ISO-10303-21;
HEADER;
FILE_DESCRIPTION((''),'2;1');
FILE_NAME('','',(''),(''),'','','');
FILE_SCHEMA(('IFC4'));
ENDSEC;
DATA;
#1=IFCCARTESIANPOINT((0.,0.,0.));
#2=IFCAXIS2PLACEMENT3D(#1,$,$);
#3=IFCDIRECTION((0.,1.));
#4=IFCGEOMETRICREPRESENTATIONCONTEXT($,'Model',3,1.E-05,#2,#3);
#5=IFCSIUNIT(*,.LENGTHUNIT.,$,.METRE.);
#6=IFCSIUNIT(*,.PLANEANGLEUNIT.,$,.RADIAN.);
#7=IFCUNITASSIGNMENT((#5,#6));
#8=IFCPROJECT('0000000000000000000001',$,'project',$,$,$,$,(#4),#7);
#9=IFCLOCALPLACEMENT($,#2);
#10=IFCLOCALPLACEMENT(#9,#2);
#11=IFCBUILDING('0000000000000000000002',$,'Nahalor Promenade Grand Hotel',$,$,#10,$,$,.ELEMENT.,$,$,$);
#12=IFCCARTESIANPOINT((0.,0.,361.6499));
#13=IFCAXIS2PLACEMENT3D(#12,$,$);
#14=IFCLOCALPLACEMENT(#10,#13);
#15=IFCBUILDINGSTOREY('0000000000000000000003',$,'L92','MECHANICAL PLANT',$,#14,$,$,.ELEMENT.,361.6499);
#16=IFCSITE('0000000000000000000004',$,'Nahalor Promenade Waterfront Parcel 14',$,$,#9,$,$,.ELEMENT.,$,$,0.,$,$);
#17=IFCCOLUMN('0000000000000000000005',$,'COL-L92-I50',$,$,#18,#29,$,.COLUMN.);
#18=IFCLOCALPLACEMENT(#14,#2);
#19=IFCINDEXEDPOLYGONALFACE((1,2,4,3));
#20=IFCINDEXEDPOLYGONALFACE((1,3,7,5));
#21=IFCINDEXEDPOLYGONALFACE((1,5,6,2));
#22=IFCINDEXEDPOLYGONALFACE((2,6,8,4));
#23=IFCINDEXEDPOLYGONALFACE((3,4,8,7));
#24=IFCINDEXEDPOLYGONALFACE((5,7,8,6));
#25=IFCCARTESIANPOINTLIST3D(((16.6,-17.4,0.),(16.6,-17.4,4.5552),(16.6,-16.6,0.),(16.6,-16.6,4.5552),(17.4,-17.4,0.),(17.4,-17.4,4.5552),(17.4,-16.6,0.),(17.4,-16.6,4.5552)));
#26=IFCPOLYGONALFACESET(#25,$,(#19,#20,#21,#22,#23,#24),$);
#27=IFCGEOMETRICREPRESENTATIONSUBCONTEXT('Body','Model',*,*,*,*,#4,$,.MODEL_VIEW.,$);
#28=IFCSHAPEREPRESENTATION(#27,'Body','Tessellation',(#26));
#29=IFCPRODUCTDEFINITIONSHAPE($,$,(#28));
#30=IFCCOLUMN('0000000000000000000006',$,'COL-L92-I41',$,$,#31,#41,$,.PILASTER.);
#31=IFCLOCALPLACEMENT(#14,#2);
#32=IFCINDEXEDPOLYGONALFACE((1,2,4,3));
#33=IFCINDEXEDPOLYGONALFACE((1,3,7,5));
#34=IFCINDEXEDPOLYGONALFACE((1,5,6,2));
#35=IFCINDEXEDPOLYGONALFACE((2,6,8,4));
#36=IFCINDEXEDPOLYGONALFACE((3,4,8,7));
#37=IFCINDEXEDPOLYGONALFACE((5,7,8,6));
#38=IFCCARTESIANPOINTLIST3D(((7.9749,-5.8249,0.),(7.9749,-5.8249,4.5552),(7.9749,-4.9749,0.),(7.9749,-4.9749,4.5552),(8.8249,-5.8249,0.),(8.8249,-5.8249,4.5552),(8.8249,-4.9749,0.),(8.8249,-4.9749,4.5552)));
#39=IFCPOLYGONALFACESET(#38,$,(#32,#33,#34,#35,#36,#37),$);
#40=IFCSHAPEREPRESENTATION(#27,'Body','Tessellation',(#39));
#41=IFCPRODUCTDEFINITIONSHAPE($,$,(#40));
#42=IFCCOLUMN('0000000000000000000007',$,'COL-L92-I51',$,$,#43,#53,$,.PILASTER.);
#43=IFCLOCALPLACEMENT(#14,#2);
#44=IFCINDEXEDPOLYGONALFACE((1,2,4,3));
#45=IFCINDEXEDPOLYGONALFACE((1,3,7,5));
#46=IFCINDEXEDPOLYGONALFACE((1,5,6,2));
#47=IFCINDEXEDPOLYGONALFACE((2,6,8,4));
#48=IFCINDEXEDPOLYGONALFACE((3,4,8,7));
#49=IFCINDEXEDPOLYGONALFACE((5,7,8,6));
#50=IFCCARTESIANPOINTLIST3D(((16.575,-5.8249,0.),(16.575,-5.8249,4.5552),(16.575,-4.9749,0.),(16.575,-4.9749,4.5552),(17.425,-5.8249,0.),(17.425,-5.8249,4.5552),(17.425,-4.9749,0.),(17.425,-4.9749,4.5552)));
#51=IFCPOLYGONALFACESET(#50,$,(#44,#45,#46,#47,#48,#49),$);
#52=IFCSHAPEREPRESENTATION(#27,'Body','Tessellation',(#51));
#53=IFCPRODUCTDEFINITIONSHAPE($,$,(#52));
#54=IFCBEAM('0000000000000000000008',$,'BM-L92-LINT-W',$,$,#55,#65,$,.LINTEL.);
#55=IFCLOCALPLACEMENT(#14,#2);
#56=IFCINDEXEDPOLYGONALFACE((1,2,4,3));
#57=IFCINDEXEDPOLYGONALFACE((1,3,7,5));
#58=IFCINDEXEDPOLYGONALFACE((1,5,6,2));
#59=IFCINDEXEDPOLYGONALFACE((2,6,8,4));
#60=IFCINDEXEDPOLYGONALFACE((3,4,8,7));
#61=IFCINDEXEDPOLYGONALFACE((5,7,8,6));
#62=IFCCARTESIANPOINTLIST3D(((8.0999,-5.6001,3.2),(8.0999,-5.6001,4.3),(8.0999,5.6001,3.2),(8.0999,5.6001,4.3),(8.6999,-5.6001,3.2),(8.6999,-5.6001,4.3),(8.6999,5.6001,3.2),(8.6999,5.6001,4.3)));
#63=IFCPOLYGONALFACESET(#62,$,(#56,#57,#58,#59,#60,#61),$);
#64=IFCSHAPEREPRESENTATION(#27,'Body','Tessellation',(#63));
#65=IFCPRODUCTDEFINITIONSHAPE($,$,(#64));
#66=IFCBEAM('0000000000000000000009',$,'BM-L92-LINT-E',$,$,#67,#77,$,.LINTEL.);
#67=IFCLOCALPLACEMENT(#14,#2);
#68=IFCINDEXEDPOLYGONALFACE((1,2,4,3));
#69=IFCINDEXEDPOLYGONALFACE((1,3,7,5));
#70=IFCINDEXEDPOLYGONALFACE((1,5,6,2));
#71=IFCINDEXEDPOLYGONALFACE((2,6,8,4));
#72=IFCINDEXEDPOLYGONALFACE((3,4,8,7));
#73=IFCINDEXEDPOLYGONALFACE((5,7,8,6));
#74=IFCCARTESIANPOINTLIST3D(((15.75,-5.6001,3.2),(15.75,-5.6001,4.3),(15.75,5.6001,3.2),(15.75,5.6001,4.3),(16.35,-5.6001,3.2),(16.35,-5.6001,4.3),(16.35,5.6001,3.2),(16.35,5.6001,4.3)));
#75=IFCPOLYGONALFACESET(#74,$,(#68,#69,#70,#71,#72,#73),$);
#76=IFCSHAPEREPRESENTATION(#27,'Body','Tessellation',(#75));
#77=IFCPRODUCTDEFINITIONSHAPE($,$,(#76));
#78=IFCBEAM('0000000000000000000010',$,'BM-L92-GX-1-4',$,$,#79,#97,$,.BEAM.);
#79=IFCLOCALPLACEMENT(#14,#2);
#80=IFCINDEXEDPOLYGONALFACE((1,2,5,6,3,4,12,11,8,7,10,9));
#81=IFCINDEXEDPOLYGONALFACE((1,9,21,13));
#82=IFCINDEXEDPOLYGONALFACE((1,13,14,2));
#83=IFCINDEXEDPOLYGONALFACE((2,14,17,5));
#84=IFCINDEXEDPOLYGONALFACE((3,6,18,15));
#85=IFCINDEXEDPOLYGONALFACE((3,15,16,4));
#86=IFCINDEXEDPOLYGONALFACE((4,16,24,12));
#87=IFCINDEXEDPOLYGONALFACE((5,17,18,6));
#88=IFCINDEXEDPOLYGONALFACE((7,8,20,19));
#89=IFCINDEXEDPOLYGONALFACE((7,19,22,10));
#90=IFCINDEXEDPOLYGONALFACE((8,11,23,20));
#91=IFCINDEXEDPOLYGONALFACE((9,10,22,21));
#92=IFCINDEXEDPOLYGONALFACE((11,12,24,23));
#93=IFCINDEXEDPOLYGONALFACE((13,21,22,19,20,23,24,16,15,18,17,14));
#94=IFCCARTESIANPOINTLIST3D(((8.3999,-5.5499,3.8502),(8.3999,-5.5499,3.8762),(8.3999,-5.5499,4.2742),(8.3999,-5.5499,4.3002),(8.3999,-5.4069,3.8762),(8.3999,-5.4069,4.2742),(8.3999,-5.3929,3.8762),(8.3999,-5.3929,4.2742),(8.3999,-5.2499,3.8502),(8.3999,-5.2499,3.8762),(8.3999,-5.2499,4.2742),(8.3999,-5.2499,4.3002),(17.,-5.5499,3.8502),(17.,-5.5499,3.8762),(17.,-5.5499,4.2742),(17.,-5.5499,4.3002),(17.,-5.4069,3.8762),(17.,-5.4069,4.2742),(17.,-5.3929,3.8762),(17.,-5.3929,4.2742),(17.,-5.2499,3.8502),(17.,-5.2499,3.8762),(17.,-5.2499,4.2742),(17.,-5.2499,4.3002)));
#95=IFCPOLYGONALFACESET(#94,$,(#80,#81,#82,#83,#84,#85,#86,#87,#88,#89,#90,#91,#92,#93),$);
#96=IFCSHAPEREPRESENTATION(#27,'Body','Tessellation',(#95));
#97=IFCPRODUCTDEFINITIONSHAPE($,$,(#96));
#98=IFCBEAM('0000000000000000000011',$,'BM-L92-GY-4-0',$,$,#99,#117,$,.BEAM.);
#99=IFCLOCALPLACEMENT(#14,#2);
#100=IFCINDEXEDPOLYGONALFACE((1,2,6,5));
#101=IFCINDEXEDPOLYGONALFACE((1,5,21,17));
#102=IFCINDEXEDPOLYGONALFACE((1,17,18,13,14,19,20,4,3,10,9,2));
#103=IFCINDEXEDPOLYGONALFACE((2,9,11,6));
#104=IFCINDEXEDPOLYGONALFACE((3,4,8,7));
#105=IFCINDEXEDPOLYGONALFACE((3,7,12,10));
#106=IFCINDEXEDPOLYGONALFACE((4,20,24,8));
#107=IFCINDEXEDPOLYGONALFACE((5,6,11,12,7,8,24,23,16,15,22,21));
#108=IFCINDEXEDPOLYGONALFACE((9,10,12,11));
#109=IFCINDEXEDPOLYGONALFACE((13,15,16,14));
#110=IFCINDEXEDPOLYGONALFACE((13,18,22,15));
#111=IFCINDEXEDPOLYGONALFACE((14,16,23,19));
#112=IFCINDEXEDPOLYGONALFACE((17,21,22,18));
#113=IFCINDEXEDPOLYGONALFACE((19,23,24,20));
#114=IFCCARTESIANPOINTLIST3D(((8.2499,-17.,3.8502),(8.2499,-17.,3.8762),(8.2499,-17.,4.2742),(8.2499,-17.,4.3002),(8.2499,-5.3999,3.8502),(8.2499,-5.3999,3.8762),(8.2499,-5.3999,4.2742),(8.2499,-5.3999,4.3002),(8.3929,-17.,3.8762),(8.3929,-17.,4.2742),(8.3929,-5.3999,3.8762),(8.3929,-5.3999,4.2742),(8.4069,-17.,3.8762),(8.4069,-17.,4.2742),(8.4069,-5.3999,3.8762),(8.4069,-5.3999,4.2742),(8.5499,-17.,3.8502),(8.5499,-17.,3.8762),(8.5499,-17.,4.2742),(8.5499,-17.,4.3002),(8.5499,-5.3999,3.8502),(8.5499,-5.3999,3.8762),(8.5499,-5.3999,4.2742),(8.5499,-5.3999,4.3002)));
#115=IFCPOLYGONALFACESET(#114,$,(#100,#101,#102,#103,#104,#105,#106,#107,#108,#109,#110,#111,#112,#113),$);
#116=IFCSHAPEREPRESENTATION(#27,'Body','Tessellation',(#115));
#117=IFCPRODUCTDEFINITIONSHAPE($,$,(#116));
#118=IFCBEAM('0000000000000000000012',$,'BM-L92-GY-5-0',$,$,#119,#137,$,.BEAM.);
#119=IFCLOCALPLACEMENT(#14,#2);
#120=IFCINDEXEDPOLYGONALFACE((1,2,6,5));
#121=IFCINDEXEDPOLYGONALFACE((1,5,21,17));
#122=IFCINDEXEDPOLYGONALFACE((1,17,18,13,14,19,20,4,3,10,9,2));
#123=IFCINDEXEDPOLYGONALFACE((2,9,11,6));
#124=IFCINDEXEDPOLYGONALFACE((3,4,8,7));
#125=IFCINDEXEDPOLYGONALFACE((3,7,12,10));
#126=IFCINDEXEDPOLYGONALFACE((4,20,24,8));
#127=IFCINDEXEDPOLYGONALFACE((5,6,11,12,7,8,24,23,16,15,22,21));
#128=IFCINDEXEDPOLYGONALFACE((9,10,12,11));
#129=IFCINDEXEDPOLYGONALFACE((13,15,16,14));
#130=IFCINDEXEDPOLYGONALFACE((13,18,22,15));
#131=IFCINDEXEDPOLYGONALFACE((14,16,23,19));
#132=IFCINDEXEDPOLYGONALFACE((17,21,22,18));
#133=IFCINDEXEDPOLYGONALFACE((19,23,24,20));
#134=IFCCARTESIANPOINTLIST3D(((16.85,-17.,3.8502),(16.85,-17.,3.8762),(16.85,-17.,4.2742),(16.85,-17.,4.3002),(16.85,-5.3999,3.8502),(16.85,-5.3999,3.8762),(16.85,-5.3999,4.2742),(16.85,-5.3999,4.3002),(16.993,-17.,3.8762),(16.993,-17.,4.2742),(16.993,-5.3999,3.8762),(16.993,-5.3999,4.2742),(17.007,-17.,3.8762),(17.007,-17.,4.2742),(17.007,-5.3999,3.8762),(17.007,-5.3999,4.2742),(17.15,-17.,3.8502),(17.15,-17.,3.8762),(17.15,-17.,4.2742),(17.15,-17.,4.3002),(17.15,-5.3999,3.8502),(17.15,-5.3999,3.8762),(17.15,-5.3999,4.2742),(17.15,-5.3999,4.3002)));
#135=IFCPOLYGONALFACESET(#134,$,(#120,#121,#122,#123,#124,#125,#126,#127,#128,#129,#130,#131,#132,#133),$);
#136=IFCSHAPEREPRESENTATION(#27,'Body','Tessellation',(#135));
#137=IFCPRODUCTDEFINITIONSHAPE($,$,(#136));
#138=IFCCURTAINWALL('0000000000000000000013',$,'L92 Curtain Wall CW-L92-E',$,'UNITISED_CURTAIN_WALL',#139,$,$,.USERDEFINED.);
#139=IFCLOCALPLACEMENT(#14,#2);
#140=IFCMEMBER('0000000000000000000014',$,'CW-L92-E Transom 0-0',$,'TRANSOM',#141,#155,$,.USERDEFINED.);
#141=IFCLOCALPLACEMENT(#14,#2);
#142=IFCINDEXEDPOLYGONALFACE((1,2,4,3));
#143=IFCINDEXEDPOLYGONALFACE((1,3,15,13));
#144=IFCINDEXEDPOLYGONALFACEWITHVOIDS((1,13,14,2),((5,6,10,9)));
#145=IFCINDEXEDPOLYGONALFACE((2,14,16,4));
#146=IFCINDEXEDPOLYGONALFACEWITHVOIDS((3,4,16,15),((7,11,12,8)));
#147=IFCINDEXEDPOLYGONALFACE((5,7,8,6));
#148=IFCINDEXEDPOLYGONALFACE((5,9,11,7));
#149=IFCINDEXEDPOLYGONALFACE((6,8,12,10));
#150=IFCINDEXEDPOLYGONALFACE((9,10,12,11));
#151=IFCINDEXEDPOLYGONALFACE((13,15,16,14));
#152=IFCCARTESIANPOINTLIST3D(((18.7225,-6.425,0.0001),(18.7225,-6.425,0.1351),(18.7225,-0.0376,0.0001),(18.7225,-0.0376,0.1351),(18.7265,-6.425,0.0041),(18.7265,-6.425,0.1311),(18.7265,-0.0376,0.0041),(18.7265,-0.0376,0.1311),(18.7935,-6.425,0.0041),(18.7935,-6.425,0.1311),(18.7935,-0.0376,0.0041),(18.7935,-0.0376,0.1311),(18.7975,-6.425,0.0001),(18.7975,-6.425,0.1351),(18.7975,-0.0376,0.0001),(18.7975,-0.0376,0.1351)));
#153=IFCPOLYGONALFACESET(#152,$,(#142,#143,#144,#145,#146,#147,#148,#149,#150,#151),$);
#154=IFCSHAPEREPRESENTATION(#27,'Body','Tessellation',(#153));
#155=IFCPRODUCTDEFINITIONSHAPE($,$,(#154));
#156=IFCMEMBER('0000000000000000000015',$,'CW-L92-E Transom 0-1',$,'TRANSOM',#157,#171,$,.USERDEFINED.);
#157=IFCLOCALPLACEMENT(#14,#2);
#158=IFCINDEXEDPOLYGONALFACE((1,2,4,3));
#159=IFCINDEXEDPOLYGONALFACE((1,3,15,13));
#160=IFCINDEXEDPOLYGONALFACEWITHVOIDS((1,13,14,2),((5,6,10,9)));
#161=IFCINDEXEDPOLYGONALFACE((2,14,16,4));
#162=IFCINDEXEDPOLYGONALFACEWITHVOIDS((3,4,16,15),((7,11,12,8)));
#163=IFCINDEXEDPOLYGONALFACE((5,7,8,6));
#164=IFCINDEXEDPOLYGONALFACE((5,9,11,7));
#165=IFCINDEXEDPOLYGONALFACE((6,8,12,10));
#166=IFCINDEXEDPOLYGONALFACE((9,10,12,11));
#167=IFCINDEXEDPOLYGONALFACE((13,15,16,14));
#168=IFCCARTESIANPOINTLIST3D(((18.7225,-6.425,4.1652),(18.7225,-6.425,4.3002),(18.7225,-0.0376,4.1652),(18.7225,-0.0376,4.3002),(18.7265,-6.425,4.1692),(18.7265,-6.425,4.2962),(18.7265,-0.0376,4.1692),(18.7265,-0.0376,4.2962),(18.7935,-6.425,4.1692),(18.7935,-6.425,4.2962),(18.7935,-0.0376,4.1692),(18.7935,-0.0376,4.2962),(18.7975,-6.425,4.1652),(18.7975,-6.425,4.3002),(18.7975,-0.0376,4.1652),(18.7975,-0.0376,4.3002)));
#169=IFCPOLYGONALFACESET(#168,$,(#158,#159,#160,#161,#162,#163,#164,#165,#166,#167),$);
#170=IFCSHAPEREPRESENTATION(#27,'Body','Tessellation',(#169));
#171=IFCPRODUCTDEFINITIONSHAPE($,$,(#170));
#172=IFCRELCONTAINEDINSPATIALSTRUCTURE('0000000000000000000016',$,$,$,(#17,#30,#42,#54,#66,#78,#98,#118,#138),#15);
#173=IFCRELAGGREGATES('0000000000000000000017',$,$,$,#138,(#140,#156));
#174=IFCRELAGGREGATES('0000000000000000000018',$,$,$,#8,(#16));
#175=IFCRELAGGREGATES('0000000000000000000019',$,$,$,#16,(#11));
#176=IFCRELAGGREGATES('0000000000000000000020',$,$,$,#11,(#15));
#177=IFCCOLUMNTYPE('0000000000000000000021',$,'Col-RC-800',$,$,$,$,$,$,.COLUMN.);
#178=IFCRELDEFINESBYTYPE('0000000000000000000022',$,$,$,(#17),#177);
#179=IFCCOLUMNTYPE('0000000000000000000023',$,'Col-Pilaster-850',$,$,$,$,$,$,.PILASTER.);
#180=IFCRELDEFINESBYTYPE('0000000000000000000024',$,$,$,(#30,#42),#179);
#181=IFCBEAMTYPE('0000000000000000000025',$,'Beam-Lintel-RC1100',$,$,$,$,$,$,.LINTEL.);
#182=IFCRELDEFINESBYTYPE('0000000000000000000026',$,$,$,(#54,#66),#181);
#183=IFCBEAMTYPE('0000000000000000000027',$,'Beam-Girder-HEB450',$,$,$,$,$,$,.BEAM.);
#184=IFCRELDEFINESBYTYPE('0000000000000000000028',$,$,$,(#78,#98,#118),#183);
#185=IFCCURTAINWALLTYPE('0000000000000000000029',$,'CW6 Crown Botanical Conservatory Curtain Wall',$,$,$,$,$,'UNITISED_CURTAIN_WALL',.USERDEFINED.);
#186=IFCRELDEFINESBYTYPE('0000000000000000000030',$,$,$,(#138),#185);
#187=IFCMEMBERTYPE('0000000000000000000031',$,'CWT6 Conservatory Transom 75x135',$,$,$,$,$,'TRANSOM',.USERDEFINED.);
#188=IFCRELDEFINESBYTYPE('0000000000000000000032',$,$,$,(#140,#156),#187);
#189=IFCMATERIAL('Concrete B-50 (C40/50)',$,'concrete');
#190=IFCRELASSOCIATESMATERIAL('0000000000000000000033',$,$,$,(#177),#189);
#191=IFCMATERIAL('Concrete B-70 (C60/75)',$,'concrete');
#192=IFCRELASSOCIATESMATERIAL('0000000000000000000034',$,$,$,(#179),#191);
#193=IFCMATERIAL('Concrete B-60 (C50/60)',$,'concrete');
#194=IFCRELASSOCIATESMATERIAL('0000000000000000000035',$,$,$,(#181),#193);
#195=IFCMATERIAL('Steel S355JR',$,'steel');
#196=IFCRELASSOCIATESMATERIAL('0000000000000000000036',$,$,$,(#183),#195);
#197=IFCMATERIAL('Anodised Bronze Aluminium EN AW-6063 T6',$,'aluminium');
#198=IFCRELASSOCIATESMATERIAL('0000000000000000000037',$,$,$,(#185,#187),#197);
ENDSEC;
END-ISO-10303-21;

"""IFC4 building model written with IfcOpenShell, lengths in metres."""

from ifc_helpers import new_model, si_unit, direction, frame, origin, origin_2d, place, context, subcontext, project, spatial, rectangle, hollow_rectangle, i_section, extrude, source, transform, mapped, material, material_profile, profile_set, type_object, element, aggregate, save


model = new_model("IFC4")

# Units and contexts
model_context = context("Model", 3, precision=1e-05, world=origin(), true_north=direction((0.0, 1.0)))
body_context = subcontext(model_context, "Body", "Model", "MODEL_VIEW")
ifc_project = project(units=[si_unit("LENGTHUNIT", "METRE"), si_unit("PLANEANGLEUNIT", "RADIAN")], contexts=[model_context])

# Site, building, storey
site_placement = place(None, origin())
site = spatial("IfcSite", under=ifc_project, at=site_placement, Name="Nahalor Promenade Waterfront Parcel 14", CompositionType="ELEMENT", RefElevation=0.0)
building_placement = place(site_placement, origin())
building = spatial("IfcBuilding", under=site, at=building_placement, Name="Nahalor Promenade Grand Hotel", CompositionType="ELEMENT")
storey_placement = place(building_placement, frame((0.0, 0.0, 361.6499)))
storey = spatial("IfcBuildingStorey", under=building, at=storey_placement, Name="L92", Description="MECHANICAL PLANT", CompositionType="ELEMENT", Elevation=361.6499)

# Columns
ifc_material_1 = material(Name="Concrete B-50 (C40/50)", Category="concrete")
ifc_material_profile_1 = material_profile(ifc_material_1, rectangle(XDim=0.8, YDim=0.8, at=origin_2d()), Name="RC 800x800")
ifc_profile_set_1 = profile_set([ifc_material_profile_1], Name="Concrete B-50 (C40/50)")
column_type_1 = type_object("IfcColumnType", Name="Col-RC-800", PredefinedType="COLUMN", material=ifc_profile_set_1)
shared_shape_1 = source(origin(), body_context, "Body", "SweptSolid", [
    extrude(rectangle(XDim=0.8, YDim=0.8, at=origin_2d()), origin(), (0.0, 0.0, 1.0), 4.5552),
])
column_placement = place(storey_placement, frame((17.0, -17.0, 0.0), z_axis=(0.0, 0.0, 1.0), x_axis=(1.0, 0.0, 0.0)))
element("IfcColumn", 1, at=column_placement, inside=storey, type_object=column_type_1, Name="COL-L92-I50", PredefinedType="COLUMN", context=body_context, shape_type="MappedRepresentation", body=[
    mapped(shared_shape_1, transform((0.0, 0.0, 0.0), scale=1.0)),
])
ifc_material_2 = material(Name="Concrete B-70 (C60/75)", Category="concrete")
ifc_material_profile_2 = material_profile(ifc_material_2, rectangle(XDim=0.85, YDim=0.85, at=origin_2d()), Name="RC 850x850")
ifc_profile_set_2 = profile_set([ifc_material_profile_2], Name="Concrete B-70 (C60/75)")
column_type_2 = type_object("IfcColumnType", Name="Col-Pilaster-850", PredefinedType="PILASTER", material=ifc_profile_set_2)
shared_shape_2 = source(origin(), body_context, "Body", "SweptSolid", [
    extrude(rectangle(XDim=0.85, YDim=0.85, at=origin_2d()), origin(), (0.0, 0.0, 1.0), 4.5552),
])
for number, where, z_axis, x_axis, name in (
    (2, (8.3999, -5.3999, 0.0), (0.0, 0.0, 1.0), (1.0, 0.0, 0.0), "COL-L92-I41"),
    (3, (17.0, -5.3999, 0.0), (0.0, 0.0, 1.0), (1.0, 0.0, 0.0), "COL-L92-I51"),
):
    element("IfcColumn", number, at=place(storey_placement, frame(where, z_axis=z_axis, x_axis=x_axis)), inside=storey, type_object=column_type_2, Name=name, PredefinedType="PILASTER", context=body_context, shape_type="MappedRepresentation", body=[
        mapped(shared_shape_2, transform((0.0, 0.0, 0.0), scale=1.0)),
    ])

# Beams
ifc_material_3 = material(Name="Concrete B-60 (C50/60)", Category="concrete")
ifc_material_profile_3 = material_profile(ifc_material_3, rectangle(XDim=0.6, YDim=1.1, at=origin_2d()), Name="RC 600x1100")
ifc_profile_set_3 = profile_set([ifc_material_profile_3], Name="Concrete B-60 (C50/60)")
beam_type_1 = type_object("IfcBeamType", Name="Beam-Lintel-RC1100", PredefinedType="LINTEL", material=ifc_profile_set_3)
shared_shape_3 = source(origin(), body_context, "Body", "SweptSolid", [
    extrude(rectangle(XDim=0.6, YDim=1.1, at=origin_2d()), origin(), (0.0, 0.0, 1.0), 11.2002),
])
for number, where, z_axis, x_axis, name in (
    (4, (8.3999, -5.6001, 3.75), (0.0, 1.0, 0.0), (-1.0, 0.0, 0.0), "BM-L92-LINT-W"),
    (5, (16.05, -5.6001, 3.75), (0.0, 1.0, 0.0), (-1.0, 0.0, 0.0), "BM-L92-LINT-E"),
):
    element("IfcBeam", number, at=place(storey_placement, frame(where, z_axis=z_axis, x_axis=x_axis)), inside=storey, type_object=beam_type_1, Name=name, PredefinedType="LINTEL", context=body_context, shape_type="MappedRepresentation", body=[
        mapped(shared_shape_3, transform((0.0, 0.0, 0.0), scale=1.0)),
    ])
ifc_material_4 = material(Name="Steel S355JR", Category="steel")
ifc_material_profile_4 = material_profile(ifc_material_4, i_section(OverallWidth=0.3, OverallDepth=0.45, WebThickness=0.014, FlangeThickness=0.026, at=origin_2d()), Name="HEB 450")
ifc_profile_set_4 = profile_set([ifc_material_profile_4], Name="Steel S355JR")
beam_type_2 = type_object("IfcBeamType", Name="Beam-Girder-HEB450", PredefinedType="BEAM", material=ifc_profile_set_4)
shared_shape_4 = source(origin(), body_context, "Body", "SweptSolid", [
    extrude(i_section(OverallWidth=0.3, OverallDepth=0.45, WebThickness=0.014, FlangeThickness=0.026, at=origin_2d()), origin(), (0.0, 0.0, 1.0), 8.6001),
])
beam_placement = place(storey_placement, frame((8.3999, -5.3999, 4.0752), z_axis=(1.0, 0.0, 0.0), x_axis=(0.0, 1.0, 0.0)))
element("IfcBeam", 6, at=beam_placement, inside=storey, type_object=beam_type_2, Name="BM-L92-GX-1-4", PredefinedType="BEAM", context=body_context, shape_type="MappedRepresentation", body=[
    mapped(shared_shape_4, transform((0.0, 0.0, 0.0), scale=1.0)),
])
shared_shape_5 = source(origin(), body_context, "Body", "SweptSolid", [
    extrude(i_section(OverallWidth=0.3, OverallDepth=0.45, WebThickness=0.014, FlangeThickness=0.026, at=origin_2d()), origin(), (0.0, 0.0, 1.0), 11.6001),
])
for number, where, z_axis, x_axis, name in (
    (7, (8.3999, -17.0, 4.0752), (0.0, 1.0, 0.0), (-1.0, 0.0, 0.0), "BM-L92-GY-4-0"),
    (8, (17.0, -17.0, 4.0752), (0.0, 1.0, 0.0), (-1.0, 0.0, 0.0), "BM-L92-GY-5-0"),
):
    element("IfcBeam", number, at=place(storey_placement, frame(where, z_axis=z_axis, x_axis=x_axis)), inside=storey, type_object=beam_type_2, Name=name, PredefinedType="BEAM", context=body_context, shape_type="MappedRepresentation", body=[
        mapped(shared_shape_5, transform((0.0, 0.0, 0.0), scale=1.0)),
    ])

# Curtain wall, members
ifc_material_5 = material(Name="Anodised Bronze Aluminium EN AW-6063 T6", Category="aluminium")
curtain_wall_type = type_object("IfcCurtainWallType", Name="CW6 Crown Botanical Conservatory Curtain Wall", ElementType="UNITISED_CURTAIN_WALL", PredefinedType="USERDEFINED", material=ifc_material_5)
curtain_wall_placement = place(storey_placement, origin())
curtain_wall = element("IfcCurtainWall", 9, at=curtain_wall_placement, inside=storey, type_object=curtain_wall_type, Name="L92 Curtain Wall CW-L92-E", ObjectType="UNITISED_CURTAIN_WALL", PredefinedType="USERDEFINED")
ifc_material_profile_5 = material_profile(ifc_material_5, hollow_rectangle(XDim=0.075, YDim=0.135, WallThickness=0.004, at=origin_2d()), Name="CWT 75x135x4")
ifc_profile_set_5 = profile_set([ifc_material_profile_5], Name="Anodised Bronze Aluminium EN AW-6063 T6")
member_type_1 = type_object("IfcMemberType", Name="CWT6 Conservatory Transom 75x135", ElementType="TRANSOM", PredefinedType="USERDEFINED", material=ifc_profile_set_5)
shared_shape_6 = source(origin(), body_context, "Body", "SweptSolid", [
    extrude(hollow_rectangle(XDim=0.075, YDim=0.135, WallThickness=0.004, at=origin_2d()), origin(), (0.0, 0.0, 1.0), 6.3875),
])
member_1_placement = place(storey_placement, frame((18.76, -6.425, 0.0676), z_axis=(0.0, 1.0, 0.0), x_axis=(-1.0, 0.0, 0.0)))
member_1 = element("IfcMember", 10, at=member_1_placement, type_object=member_type_1, Name="CW-L92-E Transom 0-0", ObjectType="TRANSOM", PredefinedType="USERDEFINED", context=body_context, shape_type="MappedRepresentation", body=[
    mapped(shared_shape_6, transform((0.0, 0.0, 0.0), scale=1.0)),
])
member_2_placement = place(storey_placement, frame((18.76, -6.425, 4.2327), z_axis=(0.0, 1.0, 0.0), x_axis=(-1.0, 0.0, 0.0)))
member_2 = element("IfcMember", 11, at=member_2_placement, type_object=member_type_1, Name="CW-L92-E Transom 0-1", ObjectType="TRANSOM", PredefinedType="USERDEFINED", context=body_context, shape_type="MappedRepresentation", body=[
    mapped(shared_shape_6, transform((0.0, 0.0, 0.0), scale=1.0)),
])
aggregate(curtain_wall, [member_1, member_2])

save(model, "model.ifc")
